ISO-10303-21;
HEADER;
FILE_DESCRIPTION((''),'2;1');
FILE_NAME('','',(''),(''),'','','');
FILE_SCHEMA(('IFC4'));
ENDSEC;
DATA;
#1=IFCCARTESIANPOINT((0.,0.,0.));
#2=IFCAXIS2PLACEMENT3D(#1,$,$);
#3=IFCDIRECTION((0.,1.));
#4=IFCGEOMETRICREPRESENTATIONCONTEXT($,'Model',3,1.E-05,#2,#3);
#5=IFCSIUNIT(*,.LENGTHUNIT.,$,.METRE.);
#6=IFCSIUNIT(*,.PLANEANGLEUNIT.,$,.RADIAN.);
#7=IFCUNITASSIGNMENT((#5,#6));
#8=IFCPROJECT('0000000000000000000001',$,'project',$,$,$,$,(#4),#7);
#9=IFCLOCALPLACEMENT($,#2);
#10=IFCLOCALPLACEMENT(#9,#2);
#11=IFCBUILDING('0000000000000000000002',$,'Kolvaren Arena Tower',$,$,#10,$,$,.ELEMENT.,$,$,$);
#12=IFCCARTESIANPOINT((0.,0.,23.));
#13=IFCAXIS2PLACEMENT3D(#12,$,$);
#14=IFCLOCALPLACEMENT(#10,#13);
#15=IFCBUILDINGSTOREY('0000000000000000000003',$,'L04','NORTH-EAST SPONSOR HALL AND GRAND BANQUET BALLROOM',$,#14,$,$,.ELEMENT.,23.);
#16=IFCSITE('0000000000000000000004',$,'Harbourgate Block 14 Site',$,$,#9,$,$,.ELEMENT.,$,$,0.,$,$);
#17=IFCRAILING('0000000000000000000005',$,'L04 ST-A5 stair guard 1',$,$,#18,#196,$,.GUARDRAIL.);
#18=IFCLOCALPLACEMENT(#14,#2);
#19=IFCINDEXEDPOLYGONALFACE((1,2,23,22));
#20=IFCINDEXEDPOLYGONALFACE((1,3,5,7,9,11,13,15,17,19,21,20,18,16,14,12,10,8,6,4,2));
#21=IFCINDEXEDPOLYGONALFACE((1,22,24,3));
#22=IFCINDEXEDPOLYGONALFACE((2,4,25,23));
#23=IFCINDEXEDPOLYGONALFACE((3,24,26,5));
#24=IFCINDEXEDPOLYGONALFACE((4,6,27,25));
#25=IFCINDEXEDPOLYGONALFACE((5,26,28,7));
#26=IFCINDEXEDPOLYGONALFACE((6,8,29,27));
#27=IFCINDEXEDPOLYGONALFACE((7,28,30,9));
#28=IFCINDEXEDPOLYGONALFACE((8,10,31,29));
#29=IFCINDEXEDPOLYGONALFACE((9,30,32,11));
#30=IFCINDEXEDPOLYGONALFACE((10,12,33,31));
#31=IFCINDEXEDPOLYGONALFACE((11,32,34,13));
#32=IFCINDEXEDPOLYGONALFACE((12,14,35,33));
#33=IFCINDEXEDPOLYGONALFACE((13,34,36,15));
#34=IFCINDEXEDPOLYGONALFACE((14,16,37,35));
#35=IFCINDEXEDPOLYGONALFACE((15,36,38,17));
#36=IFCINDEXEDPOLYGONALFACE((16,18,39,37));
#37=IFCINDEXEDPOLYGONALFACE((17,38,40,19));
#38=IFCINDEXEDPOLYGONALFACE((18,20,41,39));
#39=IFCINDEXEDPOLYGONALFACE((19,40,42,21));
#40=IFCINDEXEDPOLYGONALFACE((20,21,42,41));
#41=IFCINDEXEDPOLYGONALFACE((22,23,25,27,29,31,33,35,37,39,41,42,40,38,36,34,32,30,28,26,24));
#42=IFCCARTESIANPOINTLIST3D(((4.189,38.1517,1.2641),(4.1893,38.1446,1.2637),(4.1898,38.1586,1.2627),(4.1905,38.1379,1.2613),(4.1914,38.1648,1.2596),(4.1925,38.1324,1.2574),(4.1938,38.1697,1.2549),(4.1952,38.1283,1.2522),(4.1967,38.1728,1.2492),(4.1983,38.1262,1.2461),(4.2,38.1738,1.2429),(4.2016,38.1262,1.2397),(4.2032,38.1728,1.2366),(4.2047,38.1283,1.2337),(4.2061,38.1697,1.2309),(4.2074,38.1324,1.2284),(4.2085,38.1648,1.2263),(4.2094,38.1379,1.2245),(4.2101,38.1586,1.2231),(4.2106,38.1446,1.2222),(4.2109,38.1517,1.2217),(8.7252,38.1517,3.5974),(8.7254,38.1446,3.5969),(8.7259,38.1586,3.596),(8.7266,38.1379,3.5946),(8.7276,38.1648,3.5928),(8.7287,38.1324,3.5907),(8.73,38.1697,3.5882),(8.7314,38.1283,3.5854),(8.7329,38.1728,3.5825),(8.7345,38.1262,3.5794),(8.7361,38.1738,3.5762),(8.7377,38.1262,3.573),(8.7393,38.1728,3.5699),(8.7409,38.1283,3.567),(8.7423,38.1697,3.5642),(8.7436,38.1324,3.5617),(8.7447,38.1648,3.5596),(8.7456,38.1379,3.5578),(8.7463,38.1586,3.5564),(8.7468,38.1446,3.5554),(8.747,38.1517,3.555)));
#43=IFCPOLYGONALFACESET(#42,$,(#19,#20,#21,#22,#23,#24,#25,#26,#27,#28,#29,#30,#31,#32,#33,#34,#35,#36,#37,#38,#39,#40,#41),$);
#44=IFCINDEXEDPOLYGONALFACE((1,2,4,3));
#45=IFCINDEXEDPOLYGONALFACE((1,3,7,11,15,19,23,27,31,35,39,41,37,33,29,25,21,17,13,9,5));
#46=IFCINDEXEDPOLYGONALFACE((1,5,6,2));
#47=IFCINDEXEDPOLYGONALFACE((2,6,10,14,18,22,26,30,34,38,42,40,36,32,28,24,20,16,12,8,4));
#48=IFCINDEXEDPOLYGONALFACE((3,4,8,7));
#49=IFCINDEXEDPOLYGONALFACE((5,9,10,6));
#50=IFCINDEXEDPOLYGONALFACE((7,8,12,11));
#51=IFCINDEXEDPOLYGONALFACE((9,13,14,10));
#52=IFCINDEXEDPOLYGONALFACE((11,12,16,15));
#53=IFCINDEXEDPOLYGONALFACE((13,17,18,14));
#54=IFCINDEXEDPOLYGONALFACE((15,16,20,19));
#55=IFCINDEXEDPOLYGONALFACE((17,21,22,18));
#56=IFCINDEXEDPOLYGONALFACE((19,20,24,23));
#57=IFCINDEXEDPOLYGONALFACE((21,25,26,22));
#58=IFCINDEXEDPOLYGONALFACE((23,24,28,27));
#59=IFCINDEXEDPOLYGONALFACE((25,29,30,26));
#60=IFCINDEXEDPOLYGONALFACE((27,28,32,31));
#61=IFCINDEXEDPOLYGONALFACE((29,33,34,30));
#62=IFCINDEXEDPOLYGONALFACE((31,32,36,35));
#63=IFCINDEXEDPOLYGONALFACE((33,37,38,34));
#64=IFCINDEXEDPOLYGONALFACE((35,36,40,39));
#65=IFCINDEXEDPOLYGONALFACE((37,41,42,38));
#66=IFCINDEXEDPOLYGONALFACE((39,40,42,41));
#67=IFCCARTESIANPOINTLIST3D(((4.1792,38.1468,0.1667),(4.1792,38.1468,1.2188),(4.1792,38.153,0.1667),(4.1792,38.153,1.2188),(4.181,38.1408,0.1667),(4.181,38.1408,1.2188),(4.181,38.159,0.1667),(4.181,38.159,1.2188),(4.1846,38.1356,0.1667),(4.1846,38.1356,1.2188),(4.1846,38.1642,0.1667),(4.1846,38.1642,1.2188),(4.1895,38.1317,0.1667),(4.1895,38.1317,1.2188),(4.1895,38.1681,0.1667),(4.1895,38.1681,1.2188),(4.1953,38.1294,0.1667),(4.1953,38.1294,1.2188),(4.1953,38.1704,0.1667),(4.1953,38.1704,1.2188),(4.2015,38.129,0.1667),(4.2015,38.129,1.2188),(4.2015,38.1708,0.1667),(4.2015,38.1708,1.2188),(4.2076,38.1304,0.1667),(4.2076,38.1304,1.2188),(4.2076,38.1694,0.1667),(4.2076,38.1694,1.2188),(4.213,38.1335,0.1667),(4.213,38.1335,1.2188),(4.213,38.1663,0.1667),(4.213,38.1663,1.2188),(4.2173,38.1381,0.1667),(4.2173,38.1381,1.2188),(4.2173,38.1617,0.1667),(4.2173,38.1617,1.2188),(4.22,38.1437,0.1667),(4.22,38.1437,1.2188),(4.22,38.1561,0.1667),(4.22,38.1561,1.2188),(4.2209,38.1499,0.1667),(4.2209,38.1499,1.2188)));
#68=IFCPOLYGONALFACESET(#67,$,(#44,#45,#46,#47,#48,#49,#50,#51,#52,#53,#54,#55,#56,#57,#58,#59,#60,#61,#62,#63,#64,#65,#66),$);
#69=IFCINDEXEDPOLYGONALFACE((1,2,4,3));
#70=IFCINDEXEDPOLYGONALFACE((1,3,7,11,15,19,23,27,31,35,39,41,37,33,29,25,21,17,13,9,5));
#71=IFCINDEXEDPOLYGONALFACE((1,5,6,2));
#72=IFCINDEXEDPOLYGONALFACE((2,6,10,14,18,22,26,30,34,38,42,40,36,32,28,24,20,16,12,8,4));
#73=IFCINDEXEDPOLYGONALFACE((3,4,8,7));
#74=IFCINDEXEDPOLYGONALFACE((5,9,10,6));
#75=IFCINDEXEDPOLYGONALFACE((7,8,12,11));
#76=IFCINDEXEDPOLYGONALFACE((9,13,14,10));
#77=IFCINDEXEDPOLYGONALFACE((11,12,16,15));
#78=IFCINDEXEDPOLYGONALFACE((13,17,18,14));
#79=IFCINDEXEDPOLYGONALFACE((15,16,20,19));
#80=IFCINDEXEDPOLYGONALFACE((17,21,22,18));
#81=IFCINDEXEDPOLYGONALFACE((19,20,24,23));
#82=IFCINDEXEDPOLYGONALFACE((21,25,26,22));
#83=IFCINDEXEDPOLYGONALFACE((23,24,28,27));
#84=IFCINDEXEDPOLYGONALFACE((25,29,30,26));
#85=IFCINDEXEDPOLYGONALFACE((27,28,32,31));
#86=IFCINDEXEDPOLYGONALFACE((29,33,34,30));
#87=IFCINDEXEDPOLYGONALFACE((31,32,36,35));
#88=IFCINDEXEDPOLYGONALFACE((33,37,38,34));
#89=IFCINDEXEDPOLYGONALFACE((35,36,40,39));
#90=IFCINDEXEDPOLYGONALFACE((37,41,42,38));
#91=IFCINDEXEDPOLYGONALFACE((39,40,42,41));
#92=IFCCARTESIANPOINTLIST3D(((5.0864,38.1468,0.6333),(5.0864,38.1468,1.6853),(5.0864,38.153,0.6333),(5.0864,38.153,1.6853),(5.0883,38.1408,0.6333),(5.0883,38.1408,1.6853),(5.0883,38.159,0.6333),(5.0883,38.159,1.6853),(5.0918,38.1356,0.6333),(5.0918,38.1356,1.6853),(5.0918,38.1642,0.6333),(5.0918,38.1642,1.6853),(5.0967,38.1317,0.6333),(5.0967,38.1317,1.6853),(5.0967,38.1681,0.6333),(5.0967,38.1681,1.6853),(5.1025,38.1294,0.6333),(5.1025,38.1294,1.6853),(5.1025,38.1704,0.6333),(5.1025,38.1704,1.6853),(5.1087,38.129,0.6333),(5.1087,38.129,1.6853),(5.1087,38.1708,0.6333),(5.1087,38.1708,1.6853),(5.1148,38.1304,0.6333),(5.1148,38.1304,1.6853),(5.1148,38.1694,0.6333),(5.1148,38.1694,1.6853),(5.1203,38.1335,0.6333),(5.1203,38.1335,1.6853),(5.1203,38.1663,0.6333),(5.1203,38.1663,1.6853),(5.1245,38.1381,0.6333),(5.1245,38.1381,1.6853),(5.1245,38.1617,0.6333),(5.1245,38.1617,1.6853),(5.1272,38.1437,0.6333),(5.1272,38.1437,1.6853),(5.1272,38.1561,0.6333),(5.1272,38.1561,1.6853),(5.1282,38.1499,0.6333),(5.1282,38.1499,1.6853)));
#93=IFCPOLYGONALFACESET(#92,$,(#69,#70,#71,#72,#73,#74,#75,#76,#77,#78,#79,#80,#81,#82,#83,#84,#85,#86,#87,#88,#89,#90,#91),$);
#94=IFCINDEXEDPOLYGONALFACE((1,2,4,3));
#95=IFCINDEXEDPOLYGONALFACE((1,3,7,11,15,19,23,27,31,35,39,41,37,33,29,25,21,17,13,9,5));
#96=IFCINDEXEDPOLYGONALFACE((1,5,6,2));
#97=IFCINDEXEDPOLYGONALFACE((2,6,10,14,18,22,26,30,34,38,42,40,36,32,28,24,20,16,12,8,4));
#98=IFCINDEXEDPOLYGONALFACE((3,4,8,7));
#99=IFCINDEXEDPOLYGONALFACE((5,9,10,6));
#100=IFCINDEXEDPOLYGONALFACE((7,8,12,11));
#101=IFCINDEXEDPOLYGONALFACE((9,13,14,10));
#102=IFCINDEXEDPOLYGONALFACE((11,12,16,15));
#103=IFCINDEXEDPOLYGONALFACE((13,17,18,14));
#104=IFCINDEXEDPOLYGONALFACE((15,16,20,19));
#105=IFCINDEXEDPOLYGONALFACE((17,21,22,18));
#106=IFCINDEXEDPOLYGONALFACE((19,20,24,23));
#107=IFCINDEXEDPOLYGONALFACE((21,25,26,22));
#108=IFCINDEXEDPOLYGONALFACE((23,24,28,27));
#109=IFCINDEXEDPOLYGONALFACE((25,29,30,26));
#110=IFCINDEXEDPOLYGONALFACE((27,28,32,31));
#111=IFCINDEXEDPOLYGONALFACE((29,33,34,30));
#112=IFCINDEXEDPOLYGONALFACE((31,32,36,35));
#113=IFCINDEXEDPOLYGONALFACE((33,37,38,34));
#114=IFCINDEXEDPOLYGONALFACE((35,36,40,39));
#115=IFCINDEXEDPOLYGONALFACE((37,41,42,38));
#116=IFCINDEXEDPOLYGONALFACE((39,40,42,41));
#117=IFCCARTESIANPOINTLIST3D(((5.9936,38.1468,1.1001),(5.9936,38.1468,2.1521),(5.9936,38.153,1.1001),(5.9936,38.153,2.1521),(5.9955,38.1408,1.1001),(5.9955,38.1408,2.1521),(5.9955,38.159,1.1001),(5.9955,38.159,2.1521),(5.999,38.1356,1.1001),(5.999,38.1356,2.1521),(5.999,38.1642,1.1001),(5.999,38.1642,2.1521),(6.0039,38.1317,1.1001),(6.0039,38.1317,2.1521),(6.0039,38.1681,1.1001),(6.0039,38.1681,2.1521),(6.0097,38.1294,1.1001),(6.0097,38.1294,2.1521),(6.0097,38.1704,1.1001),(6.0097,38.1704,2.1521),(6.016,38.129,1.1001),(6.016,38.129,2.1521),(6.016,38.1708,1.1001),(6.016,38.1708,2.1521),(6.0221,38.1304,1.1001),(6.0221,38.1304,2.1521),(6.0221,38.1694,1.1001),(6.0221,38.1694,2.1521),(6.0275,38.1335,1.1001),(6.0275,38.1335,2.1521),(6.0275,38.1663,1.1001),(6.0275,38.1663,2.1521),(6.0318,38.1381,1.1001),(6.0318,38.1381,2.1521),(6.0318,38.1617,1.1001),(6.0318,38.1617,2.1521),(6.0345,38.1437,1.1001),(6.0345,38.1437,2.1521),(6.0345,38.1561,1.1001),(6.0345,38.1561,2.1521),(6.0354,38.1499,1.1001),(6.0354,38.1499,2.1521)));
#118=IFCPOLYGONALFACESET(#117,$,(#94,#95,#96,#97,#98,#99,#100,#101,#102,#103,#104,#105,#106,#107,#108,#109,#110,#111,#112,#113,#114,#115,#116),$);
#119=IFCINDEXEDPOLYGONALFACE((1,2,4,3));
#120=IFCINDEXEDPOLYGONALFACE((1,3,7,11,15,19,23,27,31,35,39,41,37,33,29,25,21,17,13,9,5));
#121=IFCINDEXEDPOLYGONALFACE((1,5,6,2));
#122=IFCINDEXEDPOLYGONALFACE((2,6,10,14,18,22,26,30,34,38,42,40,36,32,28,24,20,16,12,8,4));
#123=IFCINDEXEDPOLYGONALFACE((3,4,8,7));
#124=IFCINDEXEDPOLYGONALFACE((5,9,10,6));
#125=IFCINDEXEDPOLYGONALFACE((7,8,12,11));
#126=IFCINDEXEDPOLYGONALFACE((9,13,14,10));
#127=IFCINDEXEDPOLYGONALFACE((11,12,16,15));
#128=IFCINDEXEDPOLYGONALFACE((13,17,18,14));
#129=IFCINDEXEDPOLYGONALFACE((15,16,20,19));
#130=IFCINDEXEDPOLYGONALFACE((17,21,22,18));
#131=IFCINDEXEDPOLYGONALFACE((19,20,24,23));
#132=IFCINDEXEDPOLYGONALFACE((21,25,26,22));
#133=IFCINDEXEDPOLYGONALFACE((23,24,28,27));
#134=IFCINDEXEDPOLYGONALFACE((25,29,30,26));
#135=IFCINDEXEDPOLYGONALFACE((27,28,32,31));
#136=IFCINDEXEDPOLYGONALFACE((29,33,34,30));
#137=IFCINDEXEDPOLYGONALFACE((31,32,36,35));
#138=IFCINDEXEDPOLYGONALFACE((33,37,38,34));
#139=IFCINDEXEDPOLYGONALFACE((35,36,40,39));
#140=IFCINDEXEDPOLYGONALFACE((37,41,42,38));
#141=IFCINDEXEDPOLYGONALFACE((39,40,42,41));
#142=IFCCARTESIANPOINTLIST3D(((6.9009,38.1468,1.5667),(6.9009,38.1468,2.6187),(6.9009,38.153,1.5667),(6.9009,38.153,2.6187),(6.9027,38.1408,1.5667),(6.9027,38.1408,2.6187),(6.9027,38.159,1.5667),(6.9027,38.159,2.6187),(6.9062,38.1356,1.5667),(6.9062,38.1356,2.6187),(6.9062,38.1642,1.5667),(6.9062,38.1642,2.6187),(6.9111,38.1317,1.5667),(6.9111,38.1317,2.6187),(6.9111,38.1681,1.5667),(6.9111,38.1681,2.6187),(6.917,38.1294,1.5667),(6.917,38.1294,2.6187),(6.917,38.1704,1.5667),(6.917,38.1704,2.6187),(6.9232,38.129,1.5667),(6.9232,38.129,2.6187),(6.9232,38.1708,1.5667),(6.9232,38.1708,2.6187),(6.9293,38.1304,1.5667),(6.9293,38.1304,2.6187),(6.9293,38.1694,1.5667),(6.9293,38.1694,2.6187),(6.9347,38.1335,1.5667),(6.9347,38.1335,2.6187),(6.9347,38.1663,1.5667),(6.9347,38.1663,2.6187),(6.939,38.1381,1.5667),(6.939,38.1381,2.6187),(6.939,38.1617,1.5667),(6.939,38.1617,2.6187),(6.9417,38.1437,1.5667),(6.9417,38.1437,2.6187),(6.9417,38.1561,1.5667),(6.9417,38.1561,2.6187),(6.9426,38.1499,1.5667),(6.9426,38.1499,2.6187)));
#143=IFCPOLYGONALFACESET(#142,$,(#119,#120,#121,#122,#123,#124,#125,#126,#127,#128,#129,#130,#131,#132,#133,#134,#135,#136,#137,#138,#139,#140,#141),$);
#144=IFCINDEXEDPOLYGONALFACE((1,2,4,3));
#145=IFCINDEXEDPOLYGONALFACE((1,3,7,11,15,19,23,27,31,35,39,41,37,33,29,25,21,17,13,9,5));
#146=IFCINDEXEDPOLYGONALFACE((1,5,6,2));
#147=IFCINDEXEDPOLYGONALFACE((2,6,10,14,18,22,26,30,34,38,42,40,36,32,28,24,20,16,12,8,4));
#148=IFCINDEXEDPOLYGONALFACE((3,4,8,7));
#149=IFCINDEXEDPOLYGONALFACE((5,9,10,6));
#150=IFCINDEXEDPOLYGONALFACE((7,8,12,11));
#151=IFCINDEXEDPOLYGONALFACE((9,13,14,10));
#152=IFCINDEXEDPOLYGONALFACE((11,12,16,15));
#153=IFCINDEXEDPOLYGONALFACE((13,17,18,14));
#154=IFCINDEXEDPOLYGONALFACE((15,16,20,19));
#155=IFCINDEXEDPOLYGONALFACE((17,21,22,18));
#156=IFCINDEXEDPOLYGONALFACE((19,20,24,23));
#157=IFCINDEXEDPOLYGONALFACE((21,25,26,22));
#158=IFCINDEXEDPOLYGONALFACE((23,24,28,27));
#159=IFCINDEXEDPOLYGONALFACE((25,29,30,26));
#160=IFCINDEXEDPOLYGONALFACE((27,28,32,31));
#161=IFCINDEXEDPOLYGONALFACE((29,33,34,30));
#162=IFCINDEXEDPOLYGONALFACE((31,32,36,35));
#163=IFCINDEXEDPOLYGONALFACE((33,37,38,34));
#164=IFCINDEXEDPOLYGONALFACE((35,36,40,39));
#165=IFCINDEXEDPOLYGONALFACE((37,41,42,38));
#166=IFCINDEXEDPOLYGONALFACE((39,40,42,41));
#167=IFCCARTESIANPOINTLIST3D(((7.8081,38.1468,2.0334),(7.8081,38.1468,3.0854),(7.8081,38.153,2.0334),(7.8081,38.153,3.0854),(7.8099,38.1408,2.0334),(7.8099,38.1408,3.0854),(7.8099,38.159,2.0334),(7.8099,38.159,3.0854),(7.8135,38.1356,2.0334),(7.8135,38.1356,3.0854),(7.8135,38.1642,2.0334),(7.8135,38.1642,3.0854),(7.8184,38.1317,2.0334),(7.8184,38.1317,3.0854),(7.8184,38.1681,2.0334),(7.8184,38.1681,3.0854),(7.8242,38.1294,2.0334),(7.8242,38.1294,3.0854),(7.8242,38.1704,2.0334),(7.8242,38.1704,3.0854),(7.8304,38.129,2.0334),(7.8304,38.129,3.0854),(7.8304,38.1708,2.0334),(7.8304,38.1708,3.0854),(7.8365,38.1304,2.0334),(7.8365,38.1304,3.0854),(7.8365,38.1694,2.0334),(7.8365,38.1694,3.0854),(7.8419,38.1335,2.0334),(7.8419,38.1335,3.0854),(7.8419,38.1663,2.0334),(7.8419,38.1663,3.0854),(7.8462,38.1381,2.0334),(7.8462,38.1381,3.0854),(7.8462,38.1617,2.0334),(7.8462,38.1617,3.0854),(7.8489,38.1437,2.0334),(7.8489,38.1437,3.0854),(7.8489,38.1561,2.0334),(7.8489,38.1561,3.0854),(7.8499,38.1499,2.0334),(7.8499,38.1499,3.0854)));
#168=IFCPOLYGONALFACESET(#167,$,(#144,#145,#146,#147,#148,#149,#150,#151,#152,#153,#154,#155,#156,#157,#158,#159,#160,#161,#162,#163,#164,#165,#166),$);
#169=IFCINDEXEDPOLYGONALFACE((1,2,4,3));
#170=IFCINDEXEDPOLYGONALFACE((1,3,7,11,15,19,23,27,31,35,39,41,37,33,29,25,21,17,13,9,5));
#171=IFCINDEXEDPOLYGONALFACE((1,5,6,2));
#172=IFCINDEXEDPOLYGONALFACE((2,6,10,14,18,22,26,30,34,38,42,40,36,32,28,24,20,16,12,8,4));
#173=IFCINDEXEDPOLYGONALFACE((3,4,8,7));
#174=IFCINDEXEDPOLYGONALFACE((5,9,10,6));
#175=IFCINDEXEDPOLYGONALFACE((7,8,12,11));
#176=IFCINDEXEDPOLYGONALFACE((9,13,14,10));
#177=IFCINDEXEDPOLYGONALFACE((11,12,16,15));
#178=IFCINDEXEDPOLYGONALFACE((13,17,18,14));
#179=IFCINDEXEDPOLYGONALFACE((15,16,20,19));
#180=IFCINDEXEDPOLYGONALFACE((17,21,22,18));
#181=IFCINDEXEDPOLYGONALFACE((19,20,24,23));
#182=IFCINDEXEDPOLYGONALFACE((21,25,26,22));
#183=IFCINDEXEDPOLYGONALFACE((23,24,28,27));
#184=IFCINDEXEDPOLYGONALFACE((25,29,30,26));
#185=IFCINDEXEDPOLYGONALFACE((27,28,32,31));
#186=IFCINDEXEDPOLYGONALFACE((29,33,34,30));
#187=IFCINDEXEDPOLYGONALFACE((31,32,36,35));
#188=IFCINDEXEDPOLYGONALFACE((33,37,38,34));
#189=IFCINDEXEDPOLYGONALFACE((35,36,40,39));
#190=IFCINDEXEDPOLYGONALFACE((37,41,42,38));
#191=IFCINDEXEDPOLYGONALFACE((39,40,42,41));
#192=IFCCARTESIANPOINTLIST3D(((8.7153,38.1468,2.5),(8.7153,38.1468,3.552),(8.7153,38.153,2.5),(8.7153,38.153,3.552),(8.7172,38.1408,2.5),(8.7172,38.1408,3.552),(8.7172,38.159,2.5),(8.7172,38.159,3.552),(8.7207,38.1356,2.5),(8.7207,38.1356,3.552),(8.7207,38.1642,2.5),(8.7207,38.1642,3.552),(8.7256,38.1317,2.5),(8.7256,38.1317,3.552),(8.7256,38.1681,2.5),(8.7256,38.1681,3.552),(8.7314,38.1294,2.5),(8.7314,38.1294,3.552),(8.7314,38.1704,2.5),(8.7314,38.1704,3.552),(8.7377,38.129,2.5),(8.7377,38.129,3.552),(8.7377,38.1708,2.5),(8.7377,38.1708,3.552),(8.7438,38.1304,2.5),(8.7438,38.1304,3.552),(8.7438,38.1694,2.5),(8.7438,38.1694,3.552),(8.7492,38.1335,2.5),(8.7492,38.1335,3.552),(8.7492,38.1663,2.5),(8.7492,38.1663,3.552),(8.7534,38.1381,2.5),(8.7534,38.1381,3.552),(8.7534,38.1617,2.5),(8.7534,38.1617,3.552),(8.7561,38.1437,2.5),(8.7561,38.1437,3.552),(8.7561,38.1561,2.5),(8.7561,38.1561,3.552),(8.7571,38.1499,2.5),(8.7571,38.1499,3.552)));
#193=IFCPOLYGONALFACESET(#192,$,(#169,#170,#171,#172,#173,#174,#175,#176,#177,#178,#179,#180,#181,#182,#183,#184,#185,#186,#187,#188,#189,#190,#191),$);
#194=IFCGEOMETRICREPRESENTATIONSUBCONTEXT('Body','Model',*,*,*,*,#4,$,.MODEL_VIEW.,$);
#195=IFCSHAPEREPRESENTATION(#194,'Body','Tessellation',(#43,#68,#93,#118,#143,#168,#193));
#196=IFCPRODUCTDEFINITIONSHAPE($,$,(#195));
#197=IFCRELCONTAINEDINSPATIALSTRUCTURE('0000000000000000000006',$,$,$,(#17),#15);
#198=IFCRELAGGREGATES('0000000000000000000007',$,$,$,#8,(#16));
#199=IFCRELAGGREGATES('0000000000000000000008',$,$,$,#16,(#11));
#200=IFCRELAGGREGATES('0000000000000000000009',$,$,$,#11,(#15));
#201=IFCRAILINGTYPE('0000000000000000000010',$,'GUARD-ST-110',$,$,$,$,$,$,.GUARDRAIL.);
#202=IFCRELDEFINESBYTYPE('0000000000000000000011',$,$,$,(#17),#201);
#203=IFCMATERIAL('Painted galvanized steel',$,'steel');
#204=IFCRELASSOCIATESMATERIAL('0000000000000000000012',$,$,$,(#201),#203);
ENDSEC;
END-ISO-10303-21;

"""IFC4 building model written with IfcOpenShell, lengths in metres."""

from ifc_helpers import new_model, si_unit, direction, frame, origin, origin_2d, place, context, subcontext, project, spatial, circle, extrude, material, type_object, element, save


model = new_model("IFC4")

# Units and contexts
model_context = context("Model", 3, precision=1e-05, world=origin(), true_north=direction((0.0, 1.0)))
body_context = subcontext(model_context, "Body", "Model", "MODEL_VIEW")
ifc_project = project(units=[si_unit("LENGTHUNIT", "METRE"), si_unit("PLANEANGLEUNIT", "RADIAN")], contexts=[model_context])

# Site, building, storey
site_placement = place(None, origin())
site = spatial("IfcSite", under=ifc_project, at=site_placement, Name="Harbourgate Block 14 Site", CompositionType="ELEMENT", RefElevation=0.0)
building_placement = place(site_placement, origin())
building = spatial("IfcBuilding", under=site, at=building_placement, Name="Kolvaren Arena Tower", CompositionType="ELEMENT")
storey_placement = place(building_placement, frame((0.0, 0.0, 23.0)))
storey = spatial("IfcBuildingStorey", under=building, at=storey_placement, Name="L04", Description="NORTH-EAST SPONSOR HALL AND GRAND BANQUET BALLROOM", CompositionType="ELEMENT", Elevation=23.0)

# Railing
ifc_material_1 = material(Name="Painted galvanized steel", Category="steel")
railing_type_1 = type_object("IfcRailingType", Name="GUARD-ST-110", PredefinedType="GUARDRAIL", material=ifc_material_1)
railing_1_placement = place(storey_placement, frame((4.2, 38.1499, 0.1667)))
element("IfcRailing", 1, at=railing_1_placement, inside=storey, type_object=railing_type_1, Name="L04 ST-A5 stair guard 1", PredefinedType="GUARDRAIL", context=body_context, shape_type="SweptSolid", body=[
    extrude(circle(Radius=0.0239, at=origin_2d()), frame((0.0, 0.0, 1.0762), z_axis=(0.889257, 0.0, 0.457407), x_axis=(0.0, 1.0, 0.0)), (0.0, 0.0, 1.0), 5.1011),
    extrude(circle(Radius=0.021, at=origin_2d()), origin(), (0.0, 0.0, 1.0), 1.052),
    extrude(circle(Radius=0.021, at=origin_2d()), frame((0.9072, 0.0, 0.4666)), (0.0, 0.0, 1.0), 1.052),
    extrude(circle(Radius=0.021, at=origin_2d()), frame((1.8145, 0.0, 0.9333)), (0.0, 0.0, 1.0), 1.052),
    extrude(circle(Radius=0.021, at=origin_2d()), frame((2.7217, 0.0, 1.3999)), (0.0, 0.0, 1.0), 1.052),
    extrude(circle(Radius=0.021, at=origin_2d()), frame((3.6289, 0.0, 1.8667)), (0.0, 0.0, 1.0), 1.052),
    extrude(circle(Radius=0.021, at=origin_2d()), frame((4.5361, 0.0, 2.3333)), (0.0, 0.0, 1.0), 1.052),
])

save(model, "model.ifc")
